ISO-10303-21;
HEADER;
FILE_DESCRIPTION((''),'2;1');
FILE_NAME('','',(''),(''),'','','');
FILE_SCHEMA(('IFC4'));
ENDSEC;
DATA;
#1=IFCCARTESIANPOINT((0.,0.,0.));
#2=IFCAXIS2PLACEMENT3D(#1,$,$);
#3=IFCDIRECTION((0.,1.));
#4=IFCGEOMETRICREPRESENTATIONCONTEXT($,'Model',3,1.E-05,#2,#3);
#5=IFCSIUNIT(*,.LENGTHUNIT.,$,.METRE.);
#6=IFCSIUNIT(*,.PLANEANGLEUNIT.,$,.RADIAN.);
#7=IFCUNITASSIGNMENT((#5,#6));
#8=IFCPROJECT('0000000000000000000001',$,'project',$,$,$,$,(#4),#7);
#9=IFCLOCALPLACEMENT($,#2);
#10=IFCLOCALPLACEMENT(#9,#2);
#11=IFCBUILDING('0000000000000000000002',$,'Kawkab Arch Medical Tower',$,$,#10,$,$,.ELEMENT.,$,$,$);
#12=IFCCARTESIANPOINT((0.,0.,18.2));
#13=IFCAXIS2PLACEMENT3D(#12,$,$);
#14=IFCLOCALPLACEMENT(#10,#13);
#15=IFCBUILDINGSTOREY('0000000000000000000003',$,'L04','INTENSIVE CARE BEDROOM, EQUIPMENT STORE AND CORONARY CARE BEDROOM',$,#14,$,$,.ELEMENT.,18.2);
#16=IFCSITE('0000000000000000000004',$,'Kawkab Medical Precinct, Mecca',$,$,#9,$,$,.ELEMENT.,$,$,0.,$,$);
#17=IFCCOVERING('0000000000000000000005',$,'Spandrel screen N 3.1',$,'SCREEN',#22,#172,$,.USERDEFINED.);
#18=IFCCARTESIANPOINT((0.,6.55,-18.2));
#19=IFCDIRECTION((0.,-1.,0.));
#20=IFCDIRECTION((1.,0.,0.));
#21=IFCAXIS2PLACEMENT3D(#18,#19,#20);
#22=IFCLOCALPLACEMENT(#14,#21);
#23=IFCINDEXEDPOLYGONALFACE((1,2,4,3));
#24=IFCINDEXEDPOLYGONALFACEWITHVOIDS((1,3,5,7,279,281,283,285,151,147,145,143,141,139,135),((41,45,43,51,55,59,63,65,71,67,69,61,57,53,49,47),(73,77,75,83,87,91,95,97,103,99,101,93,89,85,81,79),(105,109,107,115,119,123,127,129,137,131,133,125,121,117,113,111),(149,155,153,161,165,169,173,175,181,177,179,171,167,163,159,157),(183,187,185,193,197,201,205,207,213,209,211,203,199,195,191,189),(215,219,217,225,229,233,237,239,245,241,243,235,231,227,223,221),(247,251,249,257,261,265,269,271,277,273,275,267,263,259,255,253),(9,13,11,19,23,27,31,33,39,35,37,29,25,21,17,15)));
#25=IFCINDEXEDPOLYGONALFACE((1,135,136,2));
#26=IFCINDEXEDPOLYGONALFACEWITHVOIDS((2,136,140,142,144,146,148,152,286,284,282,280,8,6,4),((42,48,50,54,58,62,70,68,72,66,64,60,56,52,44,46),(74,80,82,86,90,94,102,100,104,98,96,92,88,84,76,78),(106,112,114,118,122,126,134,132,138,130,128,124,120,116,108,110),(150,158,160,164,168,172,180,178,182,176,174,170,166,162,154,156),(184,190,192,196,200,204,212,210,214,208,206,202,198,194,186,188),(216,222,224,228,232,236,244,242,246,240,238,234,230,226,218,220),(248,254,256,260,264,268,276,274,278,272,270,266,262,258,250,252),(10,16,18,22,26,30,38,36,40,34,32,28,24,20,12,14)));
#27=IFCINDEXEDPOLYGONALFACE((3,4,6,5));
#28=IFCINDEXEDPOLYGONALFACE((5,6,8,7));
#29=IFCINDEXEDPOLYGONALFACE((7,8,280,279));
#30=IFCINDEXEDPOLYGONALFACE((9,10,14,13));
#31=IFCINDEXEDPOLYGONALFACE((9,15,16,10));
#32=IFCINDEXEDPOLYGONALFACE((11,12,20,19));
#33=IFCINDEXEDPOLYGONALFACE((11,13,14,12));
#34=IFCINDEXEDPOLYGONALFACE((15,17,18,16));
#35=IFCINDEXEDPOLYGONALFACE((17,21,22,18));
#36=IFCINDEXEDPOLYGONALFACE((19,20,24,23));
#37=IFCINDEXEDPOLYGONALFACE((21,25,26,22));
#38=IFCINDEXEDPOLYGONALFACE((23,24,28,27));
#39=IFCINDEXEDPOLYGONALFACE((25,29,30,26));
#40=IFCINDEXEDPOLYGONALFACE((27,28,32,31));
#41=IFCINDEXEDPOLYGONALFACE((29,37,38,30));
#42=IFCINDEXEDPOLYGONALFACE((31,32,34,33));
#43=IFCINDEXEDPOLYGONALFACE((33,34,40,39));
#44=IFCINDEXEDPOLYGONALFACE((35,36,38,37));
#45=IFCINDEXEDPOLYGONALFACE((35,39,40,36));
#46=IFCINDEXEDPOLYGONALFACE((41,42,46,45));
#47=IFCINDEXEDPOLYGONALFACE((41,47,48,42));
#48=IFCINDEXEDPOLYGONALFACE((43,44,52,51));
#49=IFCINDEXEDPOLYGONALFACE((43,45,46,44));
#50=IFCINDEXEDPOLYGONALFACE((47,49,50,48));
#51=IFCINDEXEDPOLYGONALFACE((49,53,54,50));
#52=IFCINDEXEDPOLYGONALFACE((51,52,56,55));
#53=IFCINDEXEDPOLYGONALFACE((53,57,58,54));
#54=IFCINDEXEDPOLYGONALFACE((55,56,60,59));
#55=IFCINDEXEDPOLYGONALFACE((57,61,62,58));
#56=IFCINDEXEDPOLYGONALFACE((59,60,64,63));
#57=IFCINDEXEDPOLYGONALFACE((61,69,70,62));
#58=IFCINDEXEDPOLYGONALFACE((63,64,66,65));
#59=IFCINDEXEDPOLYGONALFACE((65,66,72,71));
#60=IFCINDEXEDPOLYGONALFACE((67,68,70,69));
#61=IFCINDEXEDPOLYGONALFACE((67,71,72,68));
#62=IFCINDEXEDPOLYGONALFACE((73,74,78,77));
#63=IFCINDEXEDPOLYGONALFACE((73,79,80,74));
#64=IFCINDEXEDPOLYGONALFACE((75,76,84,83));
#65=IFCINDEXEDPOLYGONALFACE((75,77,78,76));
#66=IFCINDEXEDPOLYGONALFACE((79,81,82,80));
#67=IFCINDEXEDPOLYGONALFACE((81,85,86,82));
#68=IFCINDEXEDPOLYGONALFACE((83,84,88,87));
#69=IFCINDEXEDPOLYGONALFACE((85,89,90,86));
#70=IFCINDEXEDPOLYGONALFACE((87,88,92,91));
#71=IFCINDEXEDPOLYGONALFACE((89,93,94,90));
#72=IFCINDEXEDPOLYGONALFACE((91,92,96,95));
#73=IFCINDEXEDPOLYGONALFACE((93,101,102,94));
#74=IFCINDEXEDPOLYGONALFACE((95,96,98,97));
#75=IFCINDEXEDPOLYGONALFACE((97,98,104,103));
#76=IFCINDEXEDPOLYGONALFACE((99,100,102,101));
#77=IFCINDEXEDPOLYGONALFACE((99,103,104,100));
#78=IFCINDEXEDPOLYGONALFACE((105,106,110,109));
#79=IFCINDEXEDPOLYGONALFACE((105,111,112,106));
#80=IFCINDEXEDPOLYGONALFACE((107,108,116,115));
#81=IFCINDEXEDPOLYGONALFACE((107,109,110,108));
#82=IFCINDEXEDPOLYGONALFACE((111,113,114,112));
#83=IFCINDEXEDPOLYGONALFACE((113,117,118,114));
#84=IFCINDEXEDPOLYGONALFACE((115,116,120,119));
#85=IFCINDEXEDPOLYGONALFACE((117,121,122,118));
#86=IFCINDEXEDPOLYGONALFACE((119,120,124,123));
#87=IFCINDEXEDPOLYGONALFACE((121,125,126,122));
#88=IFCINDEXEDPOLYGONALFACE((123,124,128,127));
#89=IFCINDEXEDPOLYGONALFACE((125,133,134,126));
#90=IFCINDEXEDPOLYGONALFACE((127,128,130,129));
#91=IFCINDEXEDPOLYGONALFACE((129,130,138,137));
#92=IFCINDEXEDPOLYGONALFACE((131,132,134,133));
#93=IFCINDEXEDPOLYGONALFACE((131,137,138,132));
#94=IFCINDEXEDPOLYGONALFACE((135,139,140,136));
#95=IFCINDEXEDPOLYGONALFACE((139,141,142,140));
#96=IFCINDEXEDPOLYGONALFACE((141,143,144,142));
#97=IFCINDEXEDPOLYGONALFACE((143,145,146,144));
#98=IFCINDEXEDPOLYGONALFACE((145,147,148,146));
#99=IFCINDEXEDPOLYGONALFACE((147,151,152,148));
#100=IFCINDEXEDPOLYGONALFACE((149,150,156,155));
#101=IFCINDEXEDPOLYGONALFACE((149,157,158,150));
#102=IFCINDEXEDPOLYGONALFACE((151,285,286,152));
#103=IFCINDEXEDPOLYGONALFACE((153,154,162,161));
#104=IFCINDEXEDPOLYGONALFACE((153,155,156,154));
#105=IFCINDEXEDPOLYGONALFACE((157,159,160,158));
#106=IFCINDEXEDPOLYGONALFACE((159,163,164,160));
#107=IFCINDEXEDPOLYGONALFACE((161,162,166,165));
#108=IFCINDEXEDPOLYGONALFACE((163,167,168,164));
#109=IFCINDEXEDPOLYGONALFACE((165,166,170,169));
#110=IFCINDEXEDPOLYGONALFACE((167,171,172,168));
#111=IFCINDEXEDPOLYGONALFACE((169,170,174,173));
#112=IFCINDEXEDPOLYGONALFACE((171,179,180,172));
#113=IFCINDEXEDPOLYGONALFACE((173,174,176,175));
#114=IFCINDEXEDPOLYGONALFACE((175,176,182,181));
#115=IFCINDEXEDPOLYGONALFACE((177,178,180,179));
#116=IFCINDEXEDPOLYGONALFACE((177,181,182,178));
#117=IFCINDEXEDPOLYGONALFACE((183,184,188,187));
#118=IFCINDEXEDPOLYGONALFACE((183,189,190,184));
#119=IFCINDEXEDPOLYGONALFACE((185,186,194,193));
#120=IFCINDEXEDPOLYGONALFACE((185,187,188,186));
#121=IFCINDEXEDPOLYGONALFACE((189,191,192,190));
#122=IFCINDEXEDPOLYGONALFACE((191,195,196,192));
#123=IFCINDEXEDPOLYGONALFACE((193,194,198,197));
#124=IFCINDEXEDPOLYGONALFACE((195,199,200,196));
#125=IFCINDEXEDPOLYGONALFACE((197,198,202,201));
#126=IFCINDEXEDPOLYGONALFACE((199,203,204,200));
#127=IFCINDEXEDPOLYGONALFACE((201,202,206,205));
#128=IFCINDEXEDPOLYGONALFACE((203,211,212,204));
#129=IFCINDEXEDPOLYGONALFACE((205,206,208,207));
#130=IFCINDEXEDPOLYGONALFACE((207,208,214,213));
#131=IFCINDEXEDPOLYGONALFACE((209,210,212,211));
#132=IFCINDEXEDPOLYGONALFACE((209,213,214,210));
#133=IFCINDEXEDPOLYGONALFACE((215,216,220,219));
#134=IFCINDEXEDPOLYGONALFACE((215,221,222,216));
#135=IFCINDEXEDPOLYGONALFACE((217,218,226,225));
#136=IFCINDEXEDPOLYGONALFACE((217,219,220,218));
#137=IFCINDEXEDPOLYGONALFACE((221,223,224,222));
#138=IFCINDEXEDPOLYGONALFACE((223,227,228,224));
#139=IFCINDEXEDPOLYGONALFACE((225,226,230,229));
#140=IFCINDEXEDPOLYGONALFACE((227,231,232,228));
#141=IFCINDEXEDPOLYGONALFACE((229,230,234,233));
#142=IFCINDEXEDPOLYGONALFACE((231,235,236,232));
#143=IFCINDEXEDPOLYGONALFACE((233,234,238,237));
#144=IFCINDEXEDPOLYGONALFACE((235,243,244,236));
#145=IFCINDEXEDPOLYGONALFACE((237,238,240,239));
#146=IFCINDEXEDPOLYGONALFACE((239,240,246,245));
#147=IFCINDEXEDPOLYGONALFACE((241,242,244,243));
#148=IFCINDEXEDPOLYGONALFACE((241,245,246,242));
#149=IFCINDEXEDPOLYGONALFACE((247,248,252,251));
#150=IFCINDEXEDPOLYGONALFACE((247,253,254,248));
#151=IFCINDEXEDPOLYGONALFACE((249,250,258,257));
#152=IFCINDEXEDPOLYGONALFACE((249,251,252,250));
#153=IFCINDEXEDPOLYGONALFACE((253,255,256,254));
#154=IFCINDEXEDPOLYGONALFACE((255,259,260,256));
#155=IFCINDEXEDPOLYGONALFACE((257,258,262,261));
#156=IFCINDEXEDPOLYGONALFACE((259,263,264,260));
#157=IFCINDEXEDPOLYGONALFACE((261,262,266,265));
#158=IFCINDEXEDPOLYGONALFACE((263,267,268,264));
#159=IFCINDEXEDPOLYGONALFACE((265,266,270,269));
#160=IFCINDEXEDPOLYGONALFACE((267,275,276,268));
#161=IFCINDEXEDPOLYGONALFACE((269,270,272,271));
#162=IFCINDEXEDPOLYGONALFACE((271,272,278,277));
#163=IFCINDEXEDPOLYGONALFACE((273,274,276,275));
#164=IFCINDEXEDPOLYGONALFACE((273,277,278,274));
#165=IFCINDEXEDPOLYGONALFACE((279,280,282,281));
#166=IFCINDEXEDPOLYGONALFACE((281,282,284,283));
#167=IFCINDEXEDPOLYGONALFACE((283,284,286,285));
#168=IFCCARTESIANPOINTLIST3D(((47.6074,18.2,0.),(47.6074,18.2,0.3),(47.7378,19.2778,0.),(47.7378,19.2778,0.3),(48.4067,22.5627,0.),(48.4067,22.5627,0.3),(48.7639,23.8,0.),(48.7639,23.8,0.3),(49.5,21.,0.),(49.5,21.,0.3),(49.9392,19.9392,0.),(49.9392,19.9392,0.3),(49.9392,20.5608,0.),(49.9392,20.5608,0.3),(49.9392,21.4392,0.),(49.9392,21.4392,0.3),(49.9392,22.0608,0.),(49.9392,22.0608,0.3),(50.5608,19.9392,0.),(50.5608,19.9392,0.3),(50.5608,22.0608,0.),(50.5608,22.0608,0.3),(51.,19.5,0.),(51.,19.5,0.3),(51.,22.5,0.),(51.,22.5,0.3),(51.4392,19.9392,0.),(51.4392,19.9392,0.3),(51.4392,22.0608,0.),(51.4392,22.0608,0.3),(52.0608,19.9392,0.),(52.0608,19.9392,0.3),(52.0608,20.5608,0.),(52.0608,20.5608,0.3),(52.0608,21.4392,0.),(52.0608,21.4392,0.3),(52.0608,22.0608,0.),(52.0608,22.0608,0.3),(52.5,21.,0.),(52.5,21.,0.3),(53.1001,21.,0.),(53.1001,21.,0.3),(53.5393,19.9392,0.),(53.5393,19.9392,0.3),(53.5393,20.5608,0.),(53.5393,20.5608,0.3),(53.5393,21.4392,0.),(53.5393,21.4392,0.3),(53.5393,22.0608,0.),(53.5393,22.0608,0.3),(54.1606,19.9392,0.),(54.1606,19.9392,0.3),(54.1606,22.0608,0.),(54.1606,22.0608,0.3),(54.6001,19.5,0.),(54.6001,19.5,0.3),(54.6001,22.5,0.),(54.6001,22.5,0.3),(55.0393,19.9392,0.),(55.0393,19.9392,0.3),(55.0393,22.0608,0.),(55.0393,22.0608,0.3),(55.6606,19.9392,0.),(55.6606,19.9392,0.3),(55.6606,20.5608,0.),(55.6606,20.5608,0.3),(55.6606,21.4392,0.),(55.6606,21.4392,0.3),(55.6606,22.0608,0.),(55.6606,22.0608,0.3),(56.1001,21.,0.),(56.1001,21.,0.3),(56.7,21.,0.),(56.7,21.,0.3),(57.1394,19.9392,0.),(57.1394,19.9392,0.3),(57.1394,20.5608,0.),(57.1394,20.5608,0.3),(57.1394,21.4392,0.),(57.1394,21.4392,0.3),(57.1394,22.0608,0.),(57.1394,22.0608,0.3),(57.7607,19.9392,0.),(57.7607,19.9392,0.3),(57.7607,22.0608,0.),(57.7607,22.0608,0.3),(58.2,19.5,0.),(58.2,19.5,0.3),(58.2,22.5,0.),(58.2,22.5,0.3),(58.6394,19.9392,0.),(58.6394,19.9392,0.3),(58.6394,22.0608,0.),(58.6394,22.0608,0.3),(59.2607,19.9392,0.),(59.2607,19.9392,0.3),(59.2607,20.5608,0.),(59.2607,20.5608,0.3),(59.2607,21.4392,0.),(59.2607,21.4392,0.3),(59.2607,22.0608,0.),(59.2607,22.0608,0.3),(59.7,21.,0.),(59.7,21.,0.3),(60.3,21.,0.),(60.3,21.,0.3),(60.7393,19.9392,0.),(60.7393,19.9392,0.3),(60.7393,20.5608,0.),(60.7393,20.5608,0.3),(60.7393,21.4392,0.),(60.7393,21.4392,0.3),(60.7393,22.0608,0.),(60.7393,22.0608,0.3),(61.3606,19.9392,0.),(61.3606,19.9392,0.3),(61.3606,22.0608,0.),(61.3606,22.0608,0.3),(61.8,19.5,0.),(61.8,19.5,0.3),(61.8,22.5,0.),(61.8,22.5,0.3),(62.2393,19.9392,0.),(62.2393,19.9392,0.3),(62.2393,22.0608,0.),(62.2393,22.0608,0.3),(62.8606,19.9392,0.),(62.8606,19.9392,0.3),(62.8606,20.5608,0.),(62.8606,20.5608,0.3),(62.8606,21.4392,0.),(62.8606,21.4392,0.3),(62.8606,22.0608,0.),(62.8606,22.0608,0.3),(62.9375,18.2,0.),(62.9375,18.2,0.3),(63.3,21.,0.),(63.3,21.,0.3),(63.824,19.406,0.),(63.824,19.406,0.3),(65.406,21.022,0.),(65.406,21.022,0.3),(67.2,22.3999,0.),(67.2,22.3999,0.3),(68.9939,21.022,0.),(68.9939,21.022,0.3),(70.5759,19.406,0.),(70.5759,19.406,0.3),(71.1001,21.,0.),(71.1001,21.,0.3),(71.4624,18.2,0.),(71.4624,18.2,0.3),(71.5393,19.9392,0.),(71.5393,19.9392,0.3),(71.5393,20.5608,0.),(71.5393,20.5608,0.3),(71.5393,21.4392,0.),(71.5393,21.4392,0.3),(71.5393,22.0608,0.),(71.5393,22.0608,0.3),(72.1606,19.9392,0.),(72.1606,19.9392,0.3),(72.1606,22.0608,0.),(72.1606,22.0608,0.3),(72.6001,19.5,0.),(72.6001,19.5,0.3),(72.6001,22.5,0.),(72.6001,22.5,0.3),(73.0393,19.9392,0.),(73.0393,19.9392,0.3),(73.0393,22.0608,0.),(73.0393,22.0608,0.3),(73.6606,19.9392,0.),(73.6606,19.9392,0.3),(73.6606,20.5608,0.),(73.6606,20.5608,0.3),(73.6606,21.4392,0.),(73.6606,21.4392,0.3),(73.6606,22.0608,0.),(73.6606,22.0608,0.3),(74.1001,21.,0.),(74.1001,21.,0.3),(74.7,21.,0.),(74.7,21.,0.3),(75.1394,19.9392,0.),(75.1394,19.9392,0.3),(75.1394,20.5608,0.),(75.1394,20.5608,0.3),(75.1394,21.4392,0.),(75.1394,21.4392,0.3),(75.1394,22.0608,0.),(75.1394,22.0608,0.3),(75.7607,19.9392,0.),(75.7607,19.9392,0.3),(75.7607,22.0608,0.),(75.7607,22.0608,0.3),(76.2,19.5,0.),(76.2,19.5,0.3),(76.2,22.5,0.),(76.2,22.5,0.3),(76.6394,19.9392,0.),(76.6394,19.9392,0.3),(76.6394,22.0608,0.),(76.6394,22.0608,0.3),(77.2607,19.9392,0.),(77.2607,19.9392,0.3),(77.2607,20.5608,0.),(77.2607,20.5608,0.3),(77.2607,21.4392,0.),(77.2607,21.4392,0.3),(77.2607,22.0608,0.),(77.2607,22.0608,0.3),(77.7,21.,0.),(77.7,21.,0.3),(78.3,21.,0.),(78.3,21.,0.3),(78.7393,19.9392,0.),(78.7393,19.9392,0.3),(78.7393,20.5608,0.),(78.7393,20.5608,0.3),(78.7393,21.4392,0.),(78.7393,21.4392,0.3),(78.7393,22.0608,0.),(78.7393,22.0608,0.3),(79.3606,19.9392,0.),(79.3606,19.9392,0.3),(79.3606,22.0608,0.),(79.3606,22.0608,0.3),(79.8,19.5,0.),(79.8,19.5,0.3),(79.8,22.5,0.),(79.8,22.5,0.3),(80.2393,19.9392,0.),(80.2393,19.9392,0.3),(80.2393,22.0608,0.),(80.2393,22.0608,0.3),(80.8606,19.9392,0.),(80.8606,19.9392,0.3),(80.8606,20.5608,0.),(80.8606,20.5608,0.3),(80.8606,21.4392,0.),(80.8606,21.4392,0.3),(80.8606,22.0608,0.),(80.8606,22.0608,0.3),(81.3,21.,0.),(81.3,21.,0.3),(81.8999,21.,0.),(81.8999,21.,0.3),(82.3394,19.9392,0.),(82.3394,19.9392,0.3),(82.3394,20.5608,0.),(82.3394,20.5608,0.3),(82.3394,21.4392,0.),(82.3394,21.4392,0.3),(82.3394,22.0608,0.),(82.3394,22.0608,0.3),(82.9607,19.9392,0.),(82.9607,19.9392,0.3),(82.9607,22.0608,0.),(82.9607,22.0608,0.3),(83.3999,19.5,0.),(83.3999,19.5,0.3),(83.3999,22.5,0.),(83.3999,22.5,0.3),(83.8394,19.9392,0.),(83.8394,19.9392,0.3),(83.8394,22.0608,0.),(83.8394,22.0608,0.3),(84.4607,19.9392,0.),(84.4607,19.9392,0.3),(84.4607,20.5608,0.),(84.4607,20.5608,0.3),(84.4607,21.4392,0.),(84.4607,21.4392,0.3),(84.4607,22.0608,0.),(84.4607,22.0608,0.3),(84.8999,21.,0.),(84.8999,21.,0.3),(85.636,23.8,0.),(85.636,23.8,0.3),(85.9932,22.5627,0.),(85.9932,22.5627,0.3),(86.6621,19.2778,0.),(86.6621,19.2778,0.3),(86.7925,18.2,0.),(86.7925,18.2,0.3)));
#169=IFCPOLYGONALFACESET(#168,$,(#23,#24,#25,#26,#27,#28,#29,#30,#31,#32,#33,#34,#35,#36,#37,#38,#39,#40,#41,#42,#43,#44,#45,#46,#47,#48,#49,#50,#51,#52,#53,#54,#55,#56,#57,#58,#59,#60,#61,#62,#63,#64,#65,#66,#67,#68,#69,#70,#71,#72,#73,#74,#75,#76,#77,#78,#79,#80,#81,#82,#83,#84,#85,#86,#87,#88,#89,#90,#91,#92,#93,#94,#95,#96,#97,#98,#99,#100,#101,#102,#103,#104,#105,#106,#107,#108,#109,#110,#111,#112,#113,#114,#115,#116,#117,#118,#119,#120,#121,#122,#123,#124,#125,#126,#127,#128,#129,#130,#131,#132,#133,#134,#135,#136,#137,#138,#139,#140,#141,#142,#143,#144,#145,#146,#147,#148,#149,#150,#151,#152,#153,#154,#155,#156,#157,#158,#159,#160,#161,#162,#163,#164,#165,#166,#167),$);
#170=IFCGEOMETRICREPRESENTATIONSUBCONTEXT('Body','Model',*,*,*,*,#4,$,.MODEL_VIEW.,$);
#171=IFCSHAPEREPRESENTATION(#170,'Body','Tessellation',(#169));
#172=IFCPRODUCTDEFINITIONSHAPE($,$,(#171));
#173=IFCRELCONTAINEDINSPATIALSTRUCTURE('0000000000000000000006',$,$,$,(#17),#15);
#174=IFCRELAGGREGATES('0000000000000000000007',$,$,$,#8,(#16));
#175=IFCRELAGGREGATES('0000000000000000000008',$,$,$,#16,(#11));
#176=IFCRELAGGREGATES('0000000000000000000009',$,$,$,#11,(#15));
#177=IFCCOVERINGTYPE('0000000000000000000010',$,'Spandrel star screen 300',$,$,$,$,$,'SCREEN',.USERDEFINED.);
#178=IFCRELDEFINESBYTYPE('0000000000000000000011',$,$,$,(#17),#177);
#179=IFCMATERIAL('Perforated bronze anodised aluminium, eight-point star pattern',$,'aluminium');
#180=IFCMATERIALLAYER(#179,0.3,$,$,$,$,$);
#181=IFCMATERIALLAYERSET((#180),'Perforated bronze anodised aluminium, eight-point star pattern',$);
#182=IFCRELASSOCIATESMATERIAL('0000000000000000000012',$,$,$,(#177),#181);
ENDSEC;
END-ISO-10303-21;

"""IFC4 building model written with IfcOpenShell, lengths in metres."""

from ifc_helpers import new_model, si_unit, direction, frame, origin, place, context, subcontext, project, spatial, polyline, outline, extrude, material, layer, layer_set, type_object, element, save


model = new_model("IFC4")

# Units and contexts
model_context = context("Model", 3, precision=1e-05, world=origin(), true_north=direction((0.0, 1.0)))
body_context = subcontext(model_context, "Body", "Model", "MODEL_VIEW")
ifc_project = project(units=[si_unit("LENGTHUNIT", "METRE"), si_unit("PLANEANGLEUNIT", "RADIAN")], contexts=[model_context])

# Site, building, storey
site_placement = place(None, origin())
site = spatial("IfcSite", under=ifc_project, at=site_placement, Name="Kawkab Medical Precinct, Mecca", CompositionType="ELEMENT", RefElevation=0.0)
building_placement = place(site_placement, origin())
building = spatial("IfcBuilding", under=site, at=building_placement, Name="Kawkab Arch Medical Tower", CompositionType="ELEMENT")
storey_placement = place(building_placement, frame((0.0, 0.0, 18.2)))
storey = spatial("IfcBuildingStorey", under=building, at=storey_placement, Name="L04", Description="INTENSIVE CARE BEDROOM, EQUIPMENT STORE AND CORONARY CARE BEDROOM", CompositionType="ELEMENT", Elevation=18.2)

# Covering
ifc_material_1 = material(Name="Perforated bronze anodised aluminium, eight-point star pattern", Category="aluminium")
ifc_layer = layer(ifc_material_1, 0.3)
ifc_layer_set = layer_set([ifc_layer], Name="Perforated bronze anodised aluminium, eight-point star pattern")
covering_type = type_object("IfcCoveringType", Name="Spandrel star screen 300", ElementType="SCREEN", PredefinedType="USERDEFINED", material=ifc_layer_set)
covering_placement = place(storey_placement, frame((0.0, 6.55, -18.2), z_axis=(0.0, -1.0, 0.0), x_axis=(1.0, 0.0, 0.0)))
element("IfcCovering", 1, at=covering_placement, inside=storey, type_object=covering_type, Name="Spandrel screen N 3.1", ObjectType="SCREEN", PredefinedType="USERDEFINED", context=body_context, shape_type="SweptSolid", body=[
    extrude(outline(polyline([(47.6074, 18.2), (62.9375, 18.2), (63.824, 19.406), (65.406, 21.022), (67.2, 22.3999), (68.9939, 21.022), (70.5759, 19.406), (71.4624, 18.2), (86.7925, 18.2), (86.6621, 19.2778), (85.9932, 22.5627), (85.636, 23.8), (48.7639, 23.8), (48.4067, 22.5627), (47.7378, 19.2778), (47.6074, 18.2)]), holes=[polyline([(52.5, 21.0), (52.0608, 21.4392), (52.0608, 22.0608), (51.4392, 22.0608), (51.0, 22.5), (50.5608, 22.0608), (49.9392, 22.0608), (49.9392, 21.4392), (49.5, 21.0), (49.9392, 20.5608), (49.9392, 19.9392), (50.5608, 19.9392), (51.0, 19.5), (51.4392, 19.9392), (52.0608, 19.9392), (52.0608, 20.5608), (52.5, 21.0)]), polyline([(56.1001, 21.0), (55.6606, 21.4392), (55.6606, 22.0608), (55.0393, 22.0608), (54.6001, 22.5), (54.1606, 22.0608), (53.5393, 22.0608), (53.5393, 21.4392), (53.1001, 21.0), (53.5393, 20.5608), (53.5393, 19.9392), (54.1606, 19.9392), (54.6001, 19.5), (55.0393, 19.9392), (55.6606, 19.9392), (55.6606, 20.5608), (56.1001, 21.0)]), polyline([(59.7, 21.0), (59.2607, 21.4392), (59.2607, 22.0608), (58.6394, 22.0608), (58.2, 22.5), (57.7607, 22.0608), (57.1394, 22.0608), (57.1394, 21.4392), (56.7, 21.0), (57.1394, 20.5608), (57.1394, 19.9392), (57.7607, 19.9392), (58.2, 19.5), (58.6394, 19.9392), (59.2607, 19.9392), (59.2607, 20.5608), (59.7, 21.0)]), polyline([(63.3, 21.0), (62.8606, 21.4392), (62.8606, 22.0608), (62.2393, 22.0608), (61.8, 22.5), (61.3606, 22.0608), (60.7393, 22.0608), (60.7393, 21.4392), (60.3, 21.0), (60.7393, 20.5608), (60.7393, 19.9392), (61.3606, 19.9392), (61.8, 19.5), (62.2393, 19.9392), (62.8606, 19.9392), (62.8606, 20.5608), (63.3, 21.0)]), polyline([(74.1001, 21.0), (73.6606, 21.4392), (73.6606, 22.0608), (73.0393, 22.0608), (72.6001, 22.5), (72.1606, 22.0608), (71.5393, 22.0608), (71.5393, 21.4392), (71.1001, 21.0), (71.5393, 20.5608), (71.5393, 19.9392), (72.1606, 19.9392), (72.6001, 19.5), (73.0393, 19.9392), (73.6606, 19.9392), (73.6606, 20.5608), (74.1001, 21.0)]), polyline([(77.7, 21.0), (77.2607, 21.4392), (77.2607, 22.0608), (76.6394, 22.0608), (76.2, 22.5), (75.7607, 22.0608), (75.1394, 22.0608), (75.1394, 21.4392), (74.7, 21.0), (75.1394, 20.5608), (75.1394, 19.9392), (75.7607, 19.9392), (76.2, 19.5), (76.6394, 19.9392), (77.2607, 19.9392), (77.2607, 20.5608), (77.7, 21.0)]), polyline([(81.3, 21.0), (80.8606, 21.4392), (80.8606, 22.0608), (80.2393, 22.0608), (79.8, 22.5), (79.3606, 22.0608), (78.7393, 22.0608), (78.7393, 21.4392), (78.3, 21.0), (78.7393, 20.5608), (78.7393, 19.9392), (79.3606, 19.9392), (79.8, 19.5), (80.2393, 19.9392), (80.8606, 19.9392), (80.8606, 20.5608), (81.3, 21.0)]), polyline([(84.8999, 21.0), (84.4607, 21.4392), (84.4607, 22.0608), (83.8394, 22.0608), (83.3999, 22.5), (82.9607, 22.0608), (82.3394, 22.0608), (82.3394, 21.4392), (81.8999, 21.0), (82.3394, 20.5608), (82.3394, 19.9392), (82.9607, 19.9392), (83.3999, 19.5), (83.8394, 19.9392), (84.4607, 19.9392), (84.4607, 20.5608), (84.8999, 21.0)])]), origin(), (0.0, 0.0, 1.0), 0.3),
])

save(model, "model.ifc")
